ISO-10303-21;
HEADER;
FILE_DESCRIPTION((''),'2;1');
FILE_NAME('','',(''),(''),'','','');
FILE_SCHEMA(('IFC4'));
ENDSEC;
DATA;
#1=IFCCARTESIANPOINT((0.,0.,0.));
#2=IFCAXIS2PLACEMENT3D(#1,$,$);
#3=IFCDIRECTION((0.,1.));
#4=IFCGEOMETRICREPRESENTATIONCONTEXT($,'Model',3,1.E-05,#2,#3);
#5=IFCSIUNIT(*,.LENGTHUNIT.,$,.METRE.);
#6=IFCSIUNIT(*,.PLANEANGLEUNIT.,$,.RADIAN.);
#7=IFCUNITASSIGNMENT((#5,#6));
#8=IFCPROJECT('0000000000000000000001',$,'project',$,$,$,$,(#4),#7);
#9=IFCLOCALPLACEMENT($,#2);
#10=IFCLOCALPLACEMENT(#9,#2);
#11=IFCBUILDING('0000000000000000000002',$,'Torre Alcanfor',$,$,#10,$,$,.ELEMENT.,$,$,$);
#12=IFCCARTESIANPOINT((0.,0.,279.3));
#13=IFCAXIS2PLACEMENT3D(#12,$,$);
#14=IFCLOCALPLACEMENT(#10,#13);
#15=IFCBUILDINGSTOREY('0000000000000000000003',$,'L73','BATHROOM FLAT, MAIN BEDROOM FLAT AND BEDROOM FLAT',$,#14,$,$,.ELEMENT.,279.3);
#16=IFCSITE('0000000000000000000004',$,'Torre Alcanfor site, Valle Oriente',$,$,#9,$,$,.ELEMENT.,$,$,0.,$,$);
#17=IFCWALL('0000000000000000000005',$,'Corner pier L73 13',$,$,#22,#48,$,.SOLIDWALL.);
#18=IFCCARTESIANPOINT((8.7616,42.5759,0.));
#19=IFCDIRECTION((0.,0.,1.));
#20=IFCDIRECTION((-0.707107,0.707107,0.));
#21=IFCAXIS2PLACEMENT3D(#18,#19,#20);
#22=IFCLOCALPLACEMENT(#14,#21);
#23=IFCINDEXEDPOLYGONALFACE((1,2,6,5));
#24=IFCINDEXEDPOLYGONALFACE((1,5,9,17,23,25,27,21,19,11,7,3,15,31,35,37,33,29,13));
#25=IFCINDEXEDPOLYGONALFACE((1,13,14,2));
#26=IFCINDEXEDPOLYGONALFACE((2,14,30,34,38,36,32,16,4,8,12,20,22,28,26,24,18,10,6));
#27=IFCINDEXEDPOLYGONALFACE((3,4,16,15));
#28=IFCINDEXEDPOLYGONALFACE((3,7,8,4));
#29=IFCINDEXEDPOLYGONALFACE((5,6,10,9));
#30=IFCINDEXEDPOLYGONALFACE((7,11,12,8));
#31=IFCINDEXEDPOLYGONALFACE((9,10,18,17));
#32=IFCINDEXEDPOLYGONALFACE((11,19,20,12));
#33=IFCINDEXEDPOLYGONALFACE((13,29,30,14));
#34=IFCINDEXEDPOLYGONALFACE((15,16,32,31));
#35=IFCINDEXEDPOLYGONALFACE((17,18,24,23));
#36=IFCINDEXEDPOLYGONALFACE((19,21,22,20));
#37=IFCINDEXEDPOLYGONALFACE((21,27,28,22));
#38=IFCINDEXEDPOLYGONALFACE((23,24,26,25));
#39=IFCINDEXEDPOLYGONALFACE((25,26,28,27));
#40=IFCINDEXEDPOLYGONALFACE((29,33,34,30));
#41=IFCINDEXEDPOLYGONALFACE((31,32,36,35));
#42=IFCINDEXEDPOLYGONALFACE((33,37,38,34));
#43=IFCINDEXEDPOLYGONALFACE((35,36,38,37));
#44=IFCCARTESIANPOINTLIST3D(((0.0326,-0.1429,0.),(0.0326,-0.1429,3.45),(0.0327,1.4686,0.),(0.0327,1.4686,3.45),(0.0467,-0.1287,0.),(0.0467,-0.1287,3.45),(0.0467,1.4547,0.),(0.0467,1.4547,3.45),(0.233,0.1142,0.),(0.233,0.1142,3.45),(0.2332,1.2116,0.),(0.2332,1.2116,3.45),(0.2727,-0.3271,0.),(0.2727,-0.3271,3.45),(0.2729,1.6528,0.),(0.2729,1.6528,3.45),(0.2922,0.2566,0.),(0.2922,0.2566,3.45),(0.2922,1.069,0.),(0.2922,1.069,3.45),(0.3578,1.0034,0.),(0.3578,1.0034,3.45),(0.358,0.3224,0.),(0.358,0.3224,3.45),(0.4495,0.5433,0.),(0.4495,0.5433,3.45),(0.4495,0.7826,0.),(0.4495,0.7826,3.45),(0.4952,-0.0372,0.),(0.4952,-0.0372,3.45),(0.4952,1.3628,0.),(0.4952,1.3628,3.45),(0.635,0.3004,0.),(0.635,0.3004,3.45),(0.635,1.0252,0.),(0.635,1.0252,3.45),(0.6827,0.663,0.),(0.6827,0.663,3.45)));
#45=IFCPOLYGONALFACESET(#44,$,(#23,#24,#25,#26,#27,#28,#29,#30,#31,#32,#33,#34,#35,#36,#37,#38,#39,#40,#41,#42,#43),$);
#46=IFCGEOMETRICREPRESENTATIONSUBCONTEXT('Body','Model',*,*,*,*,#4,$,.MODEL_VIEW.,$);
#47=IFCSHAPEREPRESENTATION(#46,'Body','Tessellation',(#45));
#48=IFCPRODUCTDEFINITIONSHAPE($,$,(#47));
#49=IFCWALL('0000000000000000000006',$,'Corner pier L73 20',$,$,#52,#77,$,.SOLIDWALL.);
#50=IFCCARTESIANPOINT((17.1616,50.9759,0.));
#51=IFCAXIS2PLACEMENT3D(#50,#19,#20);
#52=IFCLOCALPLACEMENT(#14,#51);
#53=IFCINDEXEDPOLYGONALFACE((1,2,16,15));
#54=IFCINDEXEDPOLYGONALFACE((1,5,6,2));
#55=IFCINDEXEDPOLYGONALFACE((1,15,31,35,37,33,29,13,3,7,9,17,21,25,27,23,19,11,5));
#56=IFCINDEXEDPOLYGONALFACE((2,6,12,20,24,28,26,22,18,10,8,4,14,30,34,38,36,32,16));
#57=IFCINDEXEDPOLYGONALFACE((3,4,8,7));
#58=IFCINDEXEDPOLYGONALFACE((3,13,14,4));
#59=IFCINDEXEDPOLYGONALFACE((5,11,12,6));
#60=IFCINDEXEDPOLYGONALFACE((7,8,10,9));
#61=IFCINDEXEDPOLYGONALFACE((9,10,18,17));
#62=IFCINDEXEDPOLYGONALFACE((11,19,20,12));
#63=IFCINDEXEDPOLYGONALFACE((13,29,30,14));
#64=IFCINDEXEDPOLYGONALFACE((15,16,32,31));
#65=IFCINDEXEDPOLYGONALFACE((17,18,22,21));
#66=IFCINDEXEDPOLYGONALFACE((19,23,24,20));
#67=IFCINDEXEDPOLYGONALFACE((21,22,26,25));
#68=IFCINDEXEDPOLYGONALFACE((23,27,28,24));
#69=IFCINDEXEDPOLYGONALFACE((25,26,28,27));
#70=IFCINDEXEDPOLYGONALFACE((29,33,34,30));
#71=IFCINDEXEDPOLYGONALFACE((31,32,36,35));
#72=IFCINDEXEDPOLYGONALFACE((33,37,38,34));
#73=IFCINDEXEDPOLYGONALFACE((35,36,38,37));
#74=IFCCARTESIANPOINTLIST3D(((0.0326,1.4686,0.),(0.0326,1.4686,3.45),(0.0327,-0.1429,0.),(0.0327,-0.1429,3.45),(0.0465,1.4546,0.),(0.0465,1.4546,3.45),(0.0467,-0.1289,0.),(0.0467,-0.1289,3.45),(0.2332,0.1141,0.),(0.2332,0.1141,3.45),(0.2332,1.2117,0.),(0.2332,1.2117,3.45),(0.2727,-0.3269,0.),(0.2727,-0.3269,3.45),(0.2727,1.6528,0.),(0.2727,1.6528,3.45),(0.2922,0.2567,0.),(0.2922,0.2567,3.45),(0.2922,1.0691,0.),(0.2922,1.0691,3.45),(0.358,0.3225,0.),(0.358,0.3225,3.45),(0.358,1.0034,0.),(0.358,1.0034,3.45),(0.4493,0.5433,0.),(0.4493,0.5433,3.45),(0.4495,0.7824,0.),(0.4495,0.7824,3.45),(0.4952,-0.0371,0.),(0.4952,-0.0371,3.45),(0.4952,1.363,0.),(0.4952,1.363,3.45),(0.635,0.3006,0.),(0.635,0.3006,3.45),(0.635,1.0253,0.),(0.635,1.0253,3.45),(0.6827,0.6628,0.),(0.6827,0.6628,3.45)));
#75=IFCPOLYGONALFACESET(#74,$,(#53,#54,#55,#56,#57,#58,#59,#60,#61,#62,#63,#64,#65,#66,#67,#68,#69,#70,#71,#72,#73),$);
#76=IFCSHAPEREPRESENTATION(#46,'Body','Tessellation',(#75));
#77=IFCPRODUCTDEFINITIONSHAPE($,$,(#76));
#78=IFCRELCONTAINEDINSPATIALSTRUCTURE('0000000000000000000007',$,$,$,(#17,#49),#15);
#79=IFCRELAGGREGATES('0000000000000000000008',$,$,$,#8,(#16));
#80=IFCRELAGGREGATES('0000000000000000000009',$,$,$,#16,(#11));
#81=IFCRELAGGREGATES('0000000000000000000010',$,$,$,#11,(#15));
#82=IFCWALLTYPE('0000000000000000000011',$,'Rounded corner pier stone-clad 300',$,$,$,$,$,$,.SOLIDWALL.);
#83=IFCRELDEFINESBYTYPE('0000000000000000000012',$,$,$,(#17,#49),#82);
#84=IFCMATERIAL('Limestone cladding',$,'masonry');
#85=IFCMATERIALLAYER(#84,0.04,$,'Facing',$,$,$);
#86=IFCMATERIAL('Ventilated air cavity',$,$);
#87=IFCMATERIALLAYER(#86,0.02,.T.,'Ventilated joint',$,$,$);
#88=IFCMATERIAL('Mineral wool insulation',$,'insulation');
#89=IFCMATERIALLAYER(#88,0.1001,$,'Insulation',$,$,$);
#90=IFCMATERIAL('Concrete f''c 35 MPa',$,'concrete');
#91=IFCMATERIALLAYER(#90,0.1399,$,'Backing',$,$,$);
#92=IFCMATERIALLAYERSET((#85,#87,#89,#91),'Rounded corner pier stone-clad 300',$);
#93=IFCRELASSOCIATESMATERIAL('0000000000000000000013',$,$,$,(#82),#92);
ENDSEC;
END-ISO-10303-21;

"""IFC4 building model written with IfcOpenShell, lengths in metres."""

from ifc_helpers import new_model, si_unit, direction, frame, origin, place, context, subcontext, project, spatial, polyline, outline, extrude, material, layer, layer_set, type_object, element, save


model = new_model("IFC4")

# Units and contexts
model_context = context("Model", 3, precision=1e-05, world=origin(), true_north=direction((0.0, 1.0)))
body_context = subcontext(model_context, "Body", "Model", "MODEL_VIEW")
ifc_project = project(units=[si_unit("LENGTHUNIT", "METRE"), si_unit("PLANEANGLEUNIT", "RADIAN")], contexts=[model_context])

# Site, building, storey
site_placement = place(None, origin())
site = spatial("IfcSite", under=ifc_project, at=site_placement, Name="Torre Alcanfor site, Valle Oriente", CompositionType="ELEMENT", RefElevation=0.0)
building_placement = place(site_placement, origin())
building = spatial("IfcBuilding", under=site, at=building_placement, Name="Torre Alcanfor", CompositionType="ELEMENT")
storey_placement = place(building_placement, frame((0.0, 0.0, 279.3)))
storey = spatial("IfcBuildingStorey", under=building, at=storey_placement, Name="L73", Description="BATHROOM FLAT, MAIN BEDROOM FLAT AND BEDROOM FLAT", CompositionType="ELEMENT", Elevation=279.3)

# Shared definitions
ifc_material_1 = material(Name="Limestone cladding", Category="masonry")
ifc_material_2 = material(Name="Ventilated air cavity")
ifc_material_3 = material(Name="Mineral wool insulation", Category="insulation")
ifc_material_4 = material(Name="Concrete f'c 35 MPa", Category="concrete")

# Walls
ifc_layer_1 = layer(ifc_material_1, 0.04, Name="Facing")
ifc_layer_2 = layer(ifc_material_2, 0.02, ventilated=True, Name="Ventilated joint")
ifc_layer_3 = layer(ifc_material_3, 0.1001, Name="Insulation")
ifc_layer_4 = layer(ifc_material_4, 0.1399, Name="Backing")
ifc_layer_set_1 = layer_set([ifc_layer_1, ifc_layer_2, ifc_layer_3, ifc_layer_4], Name="Rounded corner pier stone-clad 300")
wall_type_1 = type_object("IfcWallType", Name="Rounded corner pier stone-clad 300", PredefinedType="SOLIDWALL", material=ifc_layer_set_1)
wall_1_placement = place(storey_placement, frame((8.7616, 42.5759, 0.0), z_axis=(0.0, 0.0, 1.0), x_axis=(-0.707107, 0.707107, 0.0)))
element("IfcWall", 1, at=wall_1_placement, inside=storey, type_object=wall_type_1, Name="Corner pier L73 13", PredefinedType="SOLIDWALL", context=body_context, shape_type="SweptSolid", body=[
    extrude(outline(polyline([(0.233, 0.1142), (0.0467, -0.1287), (0.0326, -0.1429), (0.2727, -0.3271), (0.4952, -0.0372), (0.635, 0.3004), (0.6827, 0.663), (0.635, 1.0252), (0.4952, 1.3628), (0.2729, 1.6528), (0.0327, 1.4686), (0.0467, 1.4547), (0.2332, 1.2116), (0.2922, 1.069), (0.3578, 1.0034), (0.4495, 0.7826), (0.4495, 0.5433), (0.358, 0.3224), (0.2922, 0.2566), (0.233, 0.1142)])), origin(), (0.0, 0.0, 1.0), 3.45),
])
wall_2_placement = place(storey_placement, frame((17.1616, 50.9759, 0.0), z_axis=(0.0, 0.0, 1.0), x_axis=(-0.707107, 0.707107, 0.0)))
element("IfcWall", 2, at=wall_2_placement, inside=storey, type_object=wall_type_1, Name="Corner pier L73 20", PredefinedType="SOLIDWALL", context=body_context, shape_type="SweptSolid", body=[
    extrude(outline(polyline([(0.0467, -0.1289), (0.0327, -0.1429), (0.2727, -0.3269), (0.4952, -0.0371), (0.635, 0.3006), (0.6827, 0.6628), (0.635, 1.0253), (0.4952, 1.363), (0.2727, 1.6528), (0.0326, 1.4686), (0.0465, 1.4546), (0.2332, 1.2117), (0.2922, 1.0691), (0.358, 1.0034), (0.4495, 0.7824), (0.4493, 0.5433), (0.358, 0.3225), (0.2922, 0.2567), (0.2332, 0.1141), (0.0467, -0.1289)])), origin(), (0.0, 0.0, 1.0), 3.45),
])

save(model, "model.ifc")
